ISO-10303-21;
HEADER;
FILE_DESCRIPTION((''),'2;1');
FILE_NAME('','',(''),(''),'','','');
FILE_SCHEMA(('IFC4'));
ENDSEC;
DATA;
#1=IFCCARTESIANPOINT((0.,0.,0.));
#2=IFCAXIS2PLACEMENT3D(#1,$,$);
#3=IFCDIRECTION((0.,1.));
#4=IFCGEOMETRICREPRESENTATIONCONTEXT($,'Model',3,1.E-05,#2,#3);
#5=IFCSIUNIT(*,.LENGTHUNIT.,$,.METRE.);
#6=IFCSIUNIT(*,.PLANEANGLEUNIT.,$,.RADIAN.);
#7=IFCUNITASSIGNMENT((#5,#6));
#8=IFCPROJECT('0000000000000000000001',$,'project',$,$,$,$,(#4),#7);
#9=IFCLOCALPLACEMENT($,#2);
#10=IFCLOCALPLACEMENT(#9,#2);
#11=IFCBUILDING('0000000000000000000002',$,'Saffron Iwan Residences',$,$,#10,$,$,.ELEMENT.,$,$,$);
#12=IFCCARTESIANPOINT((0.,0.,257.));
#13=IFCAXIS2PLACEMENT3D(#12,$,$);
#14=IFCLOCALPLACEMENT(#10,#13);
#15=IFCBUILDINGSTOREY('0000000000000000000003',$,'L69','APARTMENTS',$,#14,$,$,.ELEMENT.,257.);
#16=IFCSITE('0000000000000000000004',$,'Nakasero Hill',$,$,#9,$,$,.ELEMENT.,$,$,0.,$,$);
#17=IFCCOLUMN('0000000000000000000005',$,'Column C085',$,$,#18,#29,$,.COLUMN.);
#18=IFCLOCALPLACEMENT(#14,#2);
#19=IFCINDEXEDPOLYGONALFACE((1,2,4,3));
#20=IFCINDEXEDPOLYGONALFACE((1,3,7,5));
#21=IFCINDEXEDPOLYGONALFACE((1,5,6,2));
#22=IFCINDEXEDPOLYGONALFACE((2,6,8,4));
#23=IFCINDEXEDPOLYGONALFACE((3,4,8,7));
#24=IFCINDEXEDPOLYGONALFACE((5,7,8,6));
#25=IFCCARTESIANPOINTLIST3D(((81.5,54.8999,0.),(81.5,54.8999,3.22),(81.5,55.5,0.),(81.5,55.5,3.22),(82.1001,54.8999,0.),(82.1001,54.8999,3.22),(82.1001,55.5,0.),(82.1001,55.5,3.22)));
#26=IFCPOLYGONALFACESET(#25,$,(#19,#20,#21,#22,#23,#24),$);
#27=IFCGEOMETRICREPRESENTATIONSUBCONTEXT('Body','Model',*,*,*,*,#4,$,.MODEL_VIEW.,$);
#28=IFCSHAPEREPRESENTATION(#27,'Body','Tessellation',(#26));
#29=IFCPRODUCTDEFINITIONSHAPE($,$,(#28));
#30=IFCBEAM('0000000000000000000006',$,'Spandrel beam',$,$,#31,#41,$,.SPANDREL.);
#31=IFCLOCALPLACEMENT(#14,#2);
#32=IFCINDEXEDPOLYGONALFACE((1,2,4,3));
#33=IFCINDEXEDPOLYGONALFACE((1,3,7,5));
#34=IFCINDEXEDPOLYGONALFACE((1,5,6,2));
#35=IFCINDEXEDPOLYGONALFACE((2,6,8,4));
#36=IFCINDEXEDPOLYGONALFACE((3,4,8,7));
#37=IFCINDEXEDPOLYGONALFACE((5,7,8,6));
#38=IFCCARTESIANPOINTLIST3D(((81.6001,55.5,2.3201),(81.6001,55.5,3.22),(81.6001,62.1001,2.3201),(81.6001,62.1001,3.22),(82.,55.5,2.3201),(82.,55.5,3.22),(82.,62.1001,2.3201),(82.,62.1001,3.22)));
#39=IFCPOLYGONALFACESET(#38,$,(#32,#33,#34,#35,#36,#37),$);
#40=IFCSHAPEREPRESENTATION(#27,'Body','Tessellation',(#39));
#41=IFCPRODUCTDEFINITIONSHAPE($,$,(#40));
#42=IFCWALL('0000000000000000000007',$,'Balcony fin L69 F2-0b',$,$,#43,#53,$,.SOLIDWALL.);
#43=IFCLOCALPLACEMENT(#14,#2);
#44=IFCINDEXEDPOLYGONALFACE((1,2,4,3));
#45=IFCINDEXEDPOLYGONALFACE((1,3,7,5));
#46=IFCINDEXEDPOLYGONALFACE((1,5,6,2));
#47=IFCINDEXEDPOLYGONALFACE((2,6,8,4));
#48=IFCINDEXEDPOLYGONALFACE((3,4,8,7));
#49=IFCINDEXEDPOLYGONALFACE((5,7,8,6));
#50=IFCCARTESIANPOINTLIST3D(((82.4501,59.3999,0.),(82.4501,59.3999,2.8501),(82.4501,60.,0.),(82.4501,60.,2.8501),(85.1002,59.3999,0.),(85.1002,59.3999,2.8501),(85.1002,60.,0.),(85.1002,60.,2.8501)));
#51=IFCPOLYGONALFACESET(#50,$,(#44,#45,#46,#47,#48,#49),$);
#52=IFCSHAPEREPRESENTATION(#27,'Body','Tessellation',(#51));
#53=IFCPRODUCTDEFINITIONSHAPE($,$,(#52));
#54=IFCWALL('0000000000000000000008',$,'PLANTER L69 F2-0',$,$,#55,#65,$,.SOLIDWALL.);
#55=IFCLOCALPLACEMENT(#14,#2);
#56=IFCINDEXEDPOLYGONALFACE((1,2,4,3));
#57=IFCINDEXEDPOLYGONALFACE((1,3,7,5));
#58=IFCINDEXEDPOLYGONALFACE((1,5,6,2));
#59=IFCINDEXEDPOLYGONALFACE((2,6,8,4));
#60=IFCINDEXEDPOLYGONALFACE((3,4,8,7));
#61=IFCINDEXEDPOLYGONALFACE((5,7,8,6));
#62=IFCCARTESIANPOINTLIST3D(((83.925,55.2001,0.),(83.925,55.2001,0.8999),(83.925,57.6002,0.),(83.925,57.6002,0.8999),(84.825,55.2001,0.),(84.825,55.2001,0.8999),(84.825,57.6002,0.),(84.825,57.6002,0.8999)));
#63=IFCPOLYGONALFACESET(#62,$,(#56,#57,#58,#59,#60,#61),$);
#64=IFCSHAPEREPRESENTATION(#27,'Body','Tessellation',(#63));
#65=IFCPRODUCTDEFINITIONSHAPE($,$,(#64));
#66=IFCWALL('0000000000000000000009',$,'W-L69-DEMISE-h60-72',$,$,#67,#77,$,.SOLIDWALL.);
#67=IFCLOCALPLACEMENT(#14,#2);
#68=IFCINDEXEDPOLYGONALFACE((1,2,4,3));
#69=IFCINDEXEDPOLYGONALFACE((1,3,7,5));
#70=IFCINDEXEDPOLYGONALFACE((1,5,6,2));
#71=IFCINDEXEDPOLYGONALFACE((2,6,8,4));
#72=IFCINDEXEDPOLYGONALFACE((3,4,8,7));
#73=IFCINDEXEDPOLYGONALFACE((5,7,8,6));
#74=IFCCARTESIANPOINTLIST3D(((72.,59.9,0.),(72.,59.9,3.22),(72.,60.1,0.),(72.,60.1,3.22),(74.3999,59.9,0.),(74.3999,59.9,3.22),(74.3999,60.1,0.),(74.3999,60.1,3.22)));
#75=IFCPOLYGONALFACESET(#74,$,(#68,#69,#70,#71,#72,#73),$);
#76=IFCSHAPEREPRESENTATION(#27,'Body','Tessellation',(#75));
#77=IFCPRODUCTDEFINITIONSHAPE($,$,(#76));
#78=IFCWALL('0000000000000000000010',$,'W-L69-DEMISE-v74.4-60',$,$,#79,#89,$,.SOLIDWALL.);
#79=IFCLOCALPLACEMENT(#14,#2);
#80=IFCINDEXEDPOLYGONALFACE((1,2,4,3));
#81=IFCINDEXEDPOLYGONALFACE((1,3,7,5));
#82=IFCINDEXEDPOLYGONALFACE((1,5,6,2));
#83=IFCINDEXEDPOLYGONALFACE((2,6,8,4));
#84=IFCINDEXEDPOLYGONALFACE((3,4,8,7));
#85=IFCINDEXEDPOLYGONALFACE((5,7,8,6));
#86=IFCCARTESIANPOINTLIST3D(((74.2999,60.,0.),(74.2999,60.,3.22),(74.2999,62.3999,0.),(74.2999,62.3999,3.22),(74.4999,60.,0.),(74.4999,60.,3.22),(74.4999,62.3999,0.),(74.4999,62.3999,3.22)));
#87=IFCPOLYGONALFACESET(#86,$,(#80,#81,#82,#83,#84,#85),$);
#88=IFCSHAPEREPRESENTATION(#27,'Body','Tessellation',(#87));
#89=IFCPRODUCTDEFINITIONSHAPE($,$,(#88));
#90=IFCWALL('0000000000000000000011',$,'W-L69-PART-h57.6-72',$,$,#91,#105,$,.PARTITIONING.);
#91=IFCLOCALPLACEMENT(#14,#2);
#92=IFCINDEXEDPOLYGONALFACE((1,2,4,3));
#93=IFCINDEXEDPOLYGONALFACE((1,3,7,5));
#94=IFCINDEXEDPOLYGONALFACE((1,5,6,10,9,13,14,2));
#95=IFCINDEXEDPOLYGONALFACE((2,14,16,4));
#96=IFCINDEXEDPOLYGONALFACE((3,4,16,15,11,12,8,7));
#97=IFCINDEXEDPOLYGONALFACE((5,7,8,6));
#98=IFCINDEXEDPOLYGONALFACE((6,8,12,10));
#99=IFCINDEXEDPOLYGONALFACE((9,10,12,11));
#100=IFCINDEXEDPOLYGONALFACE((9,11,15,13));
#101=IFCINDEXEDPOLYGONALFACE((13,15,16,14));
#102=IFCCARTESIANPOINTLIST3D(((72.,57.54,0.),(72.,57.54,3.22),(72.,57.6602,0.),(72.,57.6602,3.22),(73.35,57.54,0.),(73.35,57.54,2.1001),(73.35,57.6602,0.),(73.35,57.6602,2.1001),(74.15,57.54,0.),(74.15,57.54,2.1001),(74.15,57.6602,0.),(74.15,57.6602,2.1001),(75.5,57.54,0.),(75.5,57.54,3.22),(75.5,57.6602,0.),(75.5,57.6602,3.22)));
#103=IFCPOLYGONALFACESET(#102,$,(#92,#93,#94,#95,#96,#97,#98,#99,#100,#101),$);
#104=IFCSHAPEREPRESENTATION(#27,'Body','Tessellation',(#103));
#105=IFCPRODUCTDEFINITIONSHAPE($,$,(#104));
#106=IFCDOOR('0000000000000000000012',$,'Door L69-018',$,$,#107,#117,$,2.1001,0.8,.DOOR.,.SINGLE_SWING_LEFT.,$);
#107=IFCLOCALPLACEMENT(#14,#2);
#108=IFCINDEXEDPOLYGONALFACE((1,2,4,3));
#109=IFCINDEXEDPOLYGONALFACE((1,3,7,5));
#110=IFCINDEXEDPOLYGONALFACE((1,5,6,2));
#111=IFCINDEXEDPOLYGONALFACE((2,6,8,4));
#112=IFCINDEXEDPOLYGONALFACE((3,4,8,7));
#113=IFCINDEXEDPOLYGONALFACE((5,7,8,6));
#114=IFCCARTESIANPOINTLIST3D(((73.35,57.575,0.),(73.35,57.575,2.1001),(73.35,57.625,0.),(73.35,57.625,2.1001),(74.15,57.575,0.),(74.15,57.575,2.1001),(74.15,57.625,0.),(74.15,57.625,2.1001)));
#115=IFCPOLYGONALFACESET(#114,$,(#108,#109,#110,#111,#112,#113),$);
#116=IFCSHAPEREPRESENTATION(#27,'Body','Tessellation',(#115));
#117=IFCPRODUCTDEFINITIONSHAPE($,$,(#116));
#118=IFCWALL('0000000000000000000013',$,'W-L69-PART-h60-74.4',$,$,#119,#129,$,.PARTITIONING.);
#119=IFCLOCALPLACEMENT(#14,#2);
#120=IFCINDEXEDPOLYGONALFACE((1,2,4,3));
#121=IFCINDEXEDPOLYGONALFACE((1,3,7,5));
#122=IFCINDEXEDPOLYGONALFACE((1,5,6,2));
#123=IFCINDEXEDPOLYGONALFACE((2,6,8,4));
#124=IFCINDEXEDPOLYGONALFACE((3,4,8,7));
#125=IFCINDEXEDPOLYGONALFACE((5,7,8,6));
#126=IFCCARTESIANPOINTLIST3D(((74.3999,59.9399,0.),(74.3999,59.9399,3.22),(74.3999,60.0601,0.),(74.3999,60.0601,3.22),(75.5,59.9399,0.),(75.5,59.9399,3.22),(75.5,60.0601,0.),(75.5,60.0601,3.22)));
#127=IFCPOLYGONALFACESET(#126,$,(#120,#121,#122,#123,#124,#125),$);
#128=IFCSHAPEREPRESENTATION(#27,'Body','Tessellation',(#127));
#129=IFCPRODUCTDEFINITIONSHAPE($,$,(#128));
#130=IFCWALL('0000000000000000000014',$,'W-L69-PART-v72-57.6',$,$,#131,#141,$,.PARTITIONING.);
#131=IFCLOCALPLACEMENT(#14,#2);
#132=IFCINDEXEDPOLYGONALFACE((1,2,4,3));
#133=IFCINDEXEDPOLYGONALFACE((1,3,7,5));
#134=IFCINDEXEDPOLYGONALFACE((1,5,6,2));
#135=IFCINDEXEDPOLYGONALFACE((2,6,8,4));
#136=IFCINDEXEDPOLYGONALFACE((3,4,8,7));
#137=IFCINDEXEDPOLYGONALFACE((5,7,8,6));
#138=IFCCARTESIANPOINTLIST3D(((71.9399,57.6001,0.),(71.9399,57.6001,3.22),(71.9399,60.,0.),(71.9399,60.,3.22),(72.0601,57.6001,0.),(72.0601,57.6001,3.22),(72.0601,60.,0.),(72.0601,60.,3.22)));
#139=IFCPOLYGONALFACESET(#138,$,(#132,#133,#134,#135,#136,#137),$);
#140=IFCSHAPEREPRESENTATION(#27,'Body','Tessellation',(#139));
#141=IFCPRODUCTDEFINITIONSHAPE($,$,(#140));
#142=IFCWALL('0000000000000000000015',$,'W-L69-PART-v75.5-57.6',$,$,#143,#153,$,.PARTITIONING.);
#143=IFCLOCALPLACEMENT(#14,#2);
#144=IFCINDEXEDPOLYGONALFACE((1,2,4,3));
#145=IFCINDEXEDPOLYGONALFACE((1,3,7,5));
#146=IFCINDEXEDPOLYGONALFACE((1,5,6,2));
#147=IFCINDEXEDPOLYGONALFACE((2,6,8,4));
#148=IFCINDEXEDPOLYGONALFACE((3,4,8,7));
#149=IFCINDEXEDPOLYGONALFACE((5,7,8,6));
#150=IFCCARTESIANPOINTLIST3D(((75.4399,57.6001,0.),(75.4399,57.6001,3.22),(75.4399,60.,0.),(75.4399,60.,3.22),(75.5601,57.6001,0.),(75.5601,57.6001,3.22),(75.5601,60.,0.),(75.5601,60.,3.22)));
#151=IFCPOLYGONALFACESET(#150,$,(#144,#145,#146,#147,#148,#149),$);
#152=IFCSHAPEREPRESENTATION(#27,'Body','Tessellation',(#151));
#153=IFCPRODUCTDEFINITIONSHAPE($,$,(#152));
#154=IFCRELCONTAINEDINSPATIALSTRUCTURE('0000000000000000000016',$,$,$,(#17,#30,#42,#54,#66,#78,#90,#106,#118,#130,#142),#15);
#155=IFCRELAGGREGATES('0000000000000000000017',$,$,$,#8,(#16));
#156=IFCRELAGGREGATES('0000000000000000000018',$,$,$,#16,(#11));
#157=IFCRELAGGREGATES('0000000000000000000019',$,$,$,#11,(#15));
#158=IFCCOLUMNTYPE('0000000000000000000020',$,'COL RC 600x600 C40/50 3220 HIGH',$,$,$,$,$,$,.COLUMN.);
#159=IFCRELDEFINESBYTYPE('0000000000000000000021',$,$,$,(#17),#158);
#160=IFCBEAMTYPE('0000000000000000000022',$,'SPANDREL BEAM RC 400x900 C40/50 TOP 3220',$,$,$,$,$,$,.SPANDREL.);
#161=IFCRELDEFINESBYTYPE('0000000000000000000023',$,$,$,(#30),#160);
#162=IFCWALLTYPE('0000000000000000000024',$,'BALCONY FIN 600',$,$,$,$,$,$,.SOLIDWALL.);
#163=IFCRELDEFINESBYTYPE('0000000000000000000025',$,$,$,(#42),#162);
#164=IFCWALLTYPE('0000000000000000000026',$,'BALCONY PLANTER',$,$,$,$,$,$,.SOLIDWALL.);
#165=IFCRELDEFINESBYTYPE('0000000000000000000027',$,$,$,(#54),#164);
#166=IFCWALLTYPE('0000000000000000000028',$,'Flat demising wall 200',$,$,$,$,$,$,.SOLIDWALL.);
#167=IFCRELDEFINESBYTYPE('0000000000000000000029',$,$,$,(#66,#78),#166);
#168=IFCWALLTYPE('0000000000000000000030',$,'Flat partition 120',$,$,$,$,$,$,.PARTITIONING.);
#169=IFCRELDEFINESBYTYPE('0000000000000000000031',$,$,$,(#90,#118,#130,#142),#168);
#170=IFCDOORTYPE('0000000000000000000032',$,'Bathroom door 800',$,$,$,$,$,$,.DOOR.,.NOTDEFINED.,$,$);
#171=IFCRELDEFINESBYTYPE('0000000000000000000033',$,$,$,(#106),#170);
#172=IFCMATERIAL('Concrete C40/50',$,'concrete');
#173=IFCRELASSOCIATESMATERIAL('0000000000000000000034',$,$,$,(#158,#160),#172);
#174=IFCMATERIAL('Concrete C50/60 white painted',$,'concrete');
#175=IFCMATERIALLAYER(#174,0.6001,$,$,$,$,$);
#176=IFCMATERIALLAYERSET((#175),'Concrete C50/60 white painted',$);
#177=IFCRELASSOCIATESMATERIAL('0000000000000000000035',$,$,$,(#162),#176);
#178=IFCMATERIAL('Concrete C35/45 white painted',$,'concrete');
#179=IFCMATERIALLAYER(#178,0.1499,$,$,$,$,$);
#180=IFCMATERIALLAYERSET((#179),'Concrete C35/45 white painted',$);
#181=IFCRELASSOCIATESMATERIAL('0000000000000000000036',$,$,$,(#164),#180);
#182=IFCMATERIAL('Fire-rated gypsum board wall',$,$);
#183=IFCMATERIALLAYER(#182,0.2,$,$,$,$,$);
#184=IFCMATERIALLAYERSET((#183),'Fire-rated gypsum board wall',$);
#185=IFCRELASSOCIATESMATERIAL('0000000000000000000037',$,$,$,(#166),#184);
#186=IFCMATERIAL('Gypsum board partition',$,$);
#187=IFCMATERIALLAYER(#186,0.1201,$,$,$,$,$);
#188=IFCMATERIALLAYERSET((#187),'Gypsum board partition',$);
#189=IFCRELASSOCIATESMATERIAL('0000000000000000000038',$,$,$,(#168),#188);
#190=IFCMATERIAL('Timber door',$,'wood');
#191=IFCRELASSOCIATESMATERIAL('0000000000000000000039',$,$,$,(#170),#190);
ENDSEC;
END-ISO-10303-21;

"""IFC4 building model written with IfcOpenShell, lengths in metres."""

from ifc_helpers import new_model, si_unit, direction, frame, frame_2d, origin, origin_2d, place, context, subcontext, project, spatial, rectangle, extrude, source, transform, mapped, material, layer, layer_set, material_profile, profile_set, type_object, element, fill, save


model = new_model("IFC4")

# Units and contexts
model_context = context("Model", 3, precision=1e-05, world=origin(), true_north=direction((0.0, 1.0)))
body_context = subcontext(model_context, "Body", "Model", "MODEL_VIEW")
ifc_project = project(units=[si_unit("LENGTHUNIT", "METRE"), si_unit("PLANEANGLEUNIT", "RADIAN")], contexts=[model_context])

# Site, building, storey
site_placement = place(None, origin())
site = spatial("IfcSite", under=ifc_project, at=site_placement, Name="Nakasero Hill", CompositionType="ELEMENT", RefElevation=0.0)
building_placement = place(site_placement, origin())
building = spatial("IfcBuilding", under=site, at=building_placement, Name="Saffron Iwan Residences", CompositionType="ELEMENT")
storey_placement = place(building_placement, frame((0.0, 0.0, 257.0)))
storey = spatial("IfcBuildingStorey", under=building, at=storey_placement, Name="L69", Description="APARTMENTS", CompositionType="ELEMENT", Elevation=257.0)

# Column
ifc_material_1 = material(Name="Concrete C40/50", Category="concrete")
ifc_material_profile_1 = material_profile(ifc_material_1, rectangle(XDim=0.6001, YDim=0.6001, at=origin_2d()), Name="RC 600x600")
ifc_profile_set_1 = profile_set([ifc_material_profile_1], Name="Concrete C40/50")
column_type = type_object("IfcColumnType", Name="COL RC 600x600 C40/50 3220 HIGH", PredefinedType="COLUMN", material=ifc_profile_set_1)
shared_shape_1 = source(origin(), body_context, "Body", "SweptSolid", [
    extrude(rectangle(XDim=0.6001, YDim=0.6001, at=origin_2d()), origin(), (0.0, 0.0, 1.0), 3.22),
])
column_placement = place(storey_placement, frame((81.8, 55.2, 0.0), z_axis=(0.0, 0.0, 1.0), x_axis=(1.0, 0.0, 0.0)))
element("IfcColumn", 1, at=column_placement, inside=storey, type_object=column_type, Name="Column C085", PredefinedType="COLUMN", context=body_context, shape_type="MappedRepresentation", body=[
    mapped(shared_shape_1, transform((0.0, 0.0, 0.0))),
])

# Beam
ifc_material_profile_2 = material_profile(ifc_material_1, rectangle(XDim=0.3999, YDim=0.8999, at=origin_2d()), Name="RC 400x900")
ifc_profile_set_2 = profile_set([ifc_material_profile_2], Name="Concrete C40/50")
beam_type = type_object("IfcBeamType", Name="SPANDREL BEAM RC 400x900 C40/50 TOP 3220", PredefinedType="SPANDREL", material=ifc_profile_set_2)
shared_shape_2 = source(origin(), body_context, "Body", "SweptSolid", [
    extrude(rectangle(XDim=0.3999, YDim=0.8999, at=origin_2d()), origin(), (0.0, 0.0, 1.0), 6.6001),
])
beam_placement = place(storey_placement, frame((81.8, 62.1001, 2.77), z_axis=(0.0, -1.0, 0.0), x_axis=(1.0, 0.0, 0.0)))
element("IfcBeam", 2, at=beam_placement, inside=storey, type_object=beam_type, Name="Spandrel beam", PredefinedType="SPANDREL", context=body_context, shape_type="MappedRepresentation", body=[
    mapped(shared_shape_2, transform((0.0, 0.0, 0.0))),
])

# Walls
ifc_material_2 = material(Name="Concrete C50/60 white painted", Category="concrete")
ifc_layer_1 = layer(ifc_material_2, 0.6001)
ifc_layer_set_1 = layer_set([ifc_layer_1], Name="Concrete C50/60 white painted")
wall_type_1 = type_object("IfcWallType", Name="BALCONY FIN 600", PredefinedType="SOLIDWALL", material=ifc_layer_set_1)
wall_1_placement = place(storey_placement, frame((82.45, 59.7, 0.0), z_axis=(0.0, 0.0, 1.0), x_axis=(1.0, 0.0, 0.0)))
element("IfcWall", 3, at=wall_1_placement, inside=storey, type_object=wall_type_1, Name="Balcony fin L69 F2-0b", PredefinedType="SOLIDWALL", context=body_context, shape_type="SweptSolid", body=[
    extrude(rectangle(XDim=2.6501, YDim=0.6001, at=frame_2d((1.3252, 0.0))), origin(), (0.0, 0.0, 1.0), 2.8501),
])
ifc_material_3 = material(Name="Concrete C35/45 white painted", Category="concrete")
ifc_layer_2 = layer(ifc_material_3, 0.1499)
ifc_layer_set_2 = layer_set([ifc_layer_2], Name="Concrete C35/45 white painted")
wall_type_2 = type_object("IfcWallType", Name="BALCONY PLANTER", PredefinedType="SOLIDWALL", material=ifc_layer_set_2)
wall_2_placement = place(storey_placement, frame((84.375, 55.2, 0.0), z_axis=(0.0, 0.0, 1.0), x_axis=(0.0, 1.0, 0.0)))
element("IfcWall", 4, at=wall_2_placement, inside=storey, type_object=wall_type_2, Name="PLANTER L69 F2-0", PredefinedType="SOLIDWALL", context=body_context, shape_type="SweptSolid", body=[
    extrude(rectangle(XDim=2.4001, YDim=0.8999, at=frame_2d((1.2002, 0.0))), origin(), (0.0, 0.0, 1.0), 0.8999),
])
ifc_material_4 = material(Name="Fire-rated gypsum board wall")
ifc_layer_3 = layer(ifc_material_4, 0.2)
ifc_layer_set_3 = layer_set([ifc_layer_3], Name="Fire-rated gypsum board wall")
wall_type_3 = type_object("IfcWallType", Name="Flat demising wall 200", PredefinedType="SOLIDWALL", material=ifc_layer_set_3)
for number, where, z_axis, x_axis, name in (
    (5, (72.0, 60.0, 0.0), (0.0, 0.0, 1.0), (1.0, 0.0, 0.0), "W-L69-DEMISE-h60-72"),
    (6, (74.3999, 60.0, 0.0), (0.0, 0.0, 1.0), (0.0, 1.0, 0.0), "W-L69-DEMISE-v74.4-60"),
):
    element("IfcWall", number, at=place(storey_placement, frame(where, z_axis=z_axis, x_axis=x_axis)), inside=storey, type_object=wall_type_3, Name=name, PredefinedType="SOLIDWALL", context=body_context, shape_type="SweptSolid", body=[
        extrude(rectangle(XDim=2.3999, YDim=0.2, at=frame_2d((1.2, 0.0))), origin(), (0.0, 0.0, 1.0), 3.22),
    ])

# Wall, opening, door
ifc_material_5 = material(Name="Gypsum board partition")
ifc_layer_4 = layer(ifc_material_5, 0.1201)
ifc_layer_set_4 = layer_set([ifc_layer_4], Name="Gypsum board partition")
wall_type_4 = type_object("IfcWallType", Name="Flat partition 120", PredefinedType="PARTITIONING", material=ifc_layer_set_4)
wall_3_placement = place(storey_placement, frame((72.0, 57.6001, 0.0), z_axis=(0.0, 0.0, 1.0), x_axis=(1.0, 0.0, 0.0)))
wall_3 = element("IfcWall", 7, at=wall_3_placement, inside=storey, type_object=wall_type_4, Name="W-L69-PART-h57.6-72", PredefinedType="PARTITIONING", context=body_context, shape_type="SweptSolid", body=[
    extrude(rectangle(XDim=3.5, YDim=0.1201, at=frame_2d((1.75, 0.0))), origin(), (0.0, 0.0, 1.0), 3.22),
])
opening_placement = place(wall_3_placement, frame((1.3501, 0.0, 0.0)))
opening = element("IfcOpeningElement", 8, at=opening_placement, cuts=wall_3, PredefinedType="OPENING", context=body_context, shape_type="SweptSolid", body=[
    extrude(rectangle(XDim=0.8, YDim=2.1001, at=frame_2d((0.3999, 1.05))), frame((0.0, 0.0701, 0.0), z_axis=(0.0, -1.0, 0.0), x_axis=(1.0, 0.0, 0.0)), (0.0, 0.0, 1.0), 0.1401),
])
ifc_material_6 = material(Name="Timber door", Category="wood")
door_type = type_object("IfcDoorType", Name="Bathroom door 800", OperationType="NOTDEFINED", PredefinedType="DOOR", material=ifc_material_6)
door_placement = place(opening_placement, origin())
door = element("IfcDoor", 9, at=door_placement, inside=storey, type_object=door_type, Name="Door L69-018", OperationType="SINGLE_SWING_LEFT", OverallHeight=2.1001, OverallWidth=0.8, PredefinedType="DOOR", context=body_context, shape_type="SweptSolid", body=[
    extrude(rectangle(XDim=0.8, YDim=2.1001, at=frame_2d((0.3999, 1.05))), frame((0.0, 0.0249, 0.0), z_axis=(0.0, -1.0, 0.0), x_axis=(1.0, 0.0, 0.0)), (0.0, 0.0, 1.0), 0.05),
])
fill(opening, door)

# Walls
wall_4_placement = place(storey_placement, frame((74.3999, 60.0, 0.0), z_axis=(0.0, 0.0, 1.0), x_axis=(1.0, 0.0, 0.0)))
element("IfcWall", 10, at=wall_4_placement, inside=storey, type_object=wall_type_4, Name="W-L69-PART-h60-74.4", PredefinedType="PARTITIONING", context=body_context, shape_type="SweptSolid", body=[
    extrude(rectangle(XDim=1.1001, YDim=0.1201, at=frame_2d((0.55, 0.0))), origin(), (0.0, 0.0, 1.0), 3.22),
])
for number, where, z_axis, x_axis, name in (
    (11, (72.0, 57.6001, 0.0), (0.0, 0.0, 1.0), (0.0, 1.0, 0.0), "W-L69-PART-v72-57.6"),
    (12, (75.5, 57.6001, 0.0), (0.0, 0.0, 1.0), (0.0, 1.0, 0.0), "W-L69-PART-v75.5-57.6"),
):
    element("IfcWall", number, at=place(storey_placement, frame(where, z_axis=z_axis, x_axis=x_axis)), inside=storey, type_object=wall_type_4, Name=name, PredefinedType="PARTITIONING", context=body_context, shape_type="SweptSolid", body=[
        extrude(rectangle(XDim=2.3999, YDim=0.1201, at=frame_2d((1.2, 0.0))), origin(), (0.0, 0.0, 1.0), 3.22),
    ])

save(model, "model.ifc")
